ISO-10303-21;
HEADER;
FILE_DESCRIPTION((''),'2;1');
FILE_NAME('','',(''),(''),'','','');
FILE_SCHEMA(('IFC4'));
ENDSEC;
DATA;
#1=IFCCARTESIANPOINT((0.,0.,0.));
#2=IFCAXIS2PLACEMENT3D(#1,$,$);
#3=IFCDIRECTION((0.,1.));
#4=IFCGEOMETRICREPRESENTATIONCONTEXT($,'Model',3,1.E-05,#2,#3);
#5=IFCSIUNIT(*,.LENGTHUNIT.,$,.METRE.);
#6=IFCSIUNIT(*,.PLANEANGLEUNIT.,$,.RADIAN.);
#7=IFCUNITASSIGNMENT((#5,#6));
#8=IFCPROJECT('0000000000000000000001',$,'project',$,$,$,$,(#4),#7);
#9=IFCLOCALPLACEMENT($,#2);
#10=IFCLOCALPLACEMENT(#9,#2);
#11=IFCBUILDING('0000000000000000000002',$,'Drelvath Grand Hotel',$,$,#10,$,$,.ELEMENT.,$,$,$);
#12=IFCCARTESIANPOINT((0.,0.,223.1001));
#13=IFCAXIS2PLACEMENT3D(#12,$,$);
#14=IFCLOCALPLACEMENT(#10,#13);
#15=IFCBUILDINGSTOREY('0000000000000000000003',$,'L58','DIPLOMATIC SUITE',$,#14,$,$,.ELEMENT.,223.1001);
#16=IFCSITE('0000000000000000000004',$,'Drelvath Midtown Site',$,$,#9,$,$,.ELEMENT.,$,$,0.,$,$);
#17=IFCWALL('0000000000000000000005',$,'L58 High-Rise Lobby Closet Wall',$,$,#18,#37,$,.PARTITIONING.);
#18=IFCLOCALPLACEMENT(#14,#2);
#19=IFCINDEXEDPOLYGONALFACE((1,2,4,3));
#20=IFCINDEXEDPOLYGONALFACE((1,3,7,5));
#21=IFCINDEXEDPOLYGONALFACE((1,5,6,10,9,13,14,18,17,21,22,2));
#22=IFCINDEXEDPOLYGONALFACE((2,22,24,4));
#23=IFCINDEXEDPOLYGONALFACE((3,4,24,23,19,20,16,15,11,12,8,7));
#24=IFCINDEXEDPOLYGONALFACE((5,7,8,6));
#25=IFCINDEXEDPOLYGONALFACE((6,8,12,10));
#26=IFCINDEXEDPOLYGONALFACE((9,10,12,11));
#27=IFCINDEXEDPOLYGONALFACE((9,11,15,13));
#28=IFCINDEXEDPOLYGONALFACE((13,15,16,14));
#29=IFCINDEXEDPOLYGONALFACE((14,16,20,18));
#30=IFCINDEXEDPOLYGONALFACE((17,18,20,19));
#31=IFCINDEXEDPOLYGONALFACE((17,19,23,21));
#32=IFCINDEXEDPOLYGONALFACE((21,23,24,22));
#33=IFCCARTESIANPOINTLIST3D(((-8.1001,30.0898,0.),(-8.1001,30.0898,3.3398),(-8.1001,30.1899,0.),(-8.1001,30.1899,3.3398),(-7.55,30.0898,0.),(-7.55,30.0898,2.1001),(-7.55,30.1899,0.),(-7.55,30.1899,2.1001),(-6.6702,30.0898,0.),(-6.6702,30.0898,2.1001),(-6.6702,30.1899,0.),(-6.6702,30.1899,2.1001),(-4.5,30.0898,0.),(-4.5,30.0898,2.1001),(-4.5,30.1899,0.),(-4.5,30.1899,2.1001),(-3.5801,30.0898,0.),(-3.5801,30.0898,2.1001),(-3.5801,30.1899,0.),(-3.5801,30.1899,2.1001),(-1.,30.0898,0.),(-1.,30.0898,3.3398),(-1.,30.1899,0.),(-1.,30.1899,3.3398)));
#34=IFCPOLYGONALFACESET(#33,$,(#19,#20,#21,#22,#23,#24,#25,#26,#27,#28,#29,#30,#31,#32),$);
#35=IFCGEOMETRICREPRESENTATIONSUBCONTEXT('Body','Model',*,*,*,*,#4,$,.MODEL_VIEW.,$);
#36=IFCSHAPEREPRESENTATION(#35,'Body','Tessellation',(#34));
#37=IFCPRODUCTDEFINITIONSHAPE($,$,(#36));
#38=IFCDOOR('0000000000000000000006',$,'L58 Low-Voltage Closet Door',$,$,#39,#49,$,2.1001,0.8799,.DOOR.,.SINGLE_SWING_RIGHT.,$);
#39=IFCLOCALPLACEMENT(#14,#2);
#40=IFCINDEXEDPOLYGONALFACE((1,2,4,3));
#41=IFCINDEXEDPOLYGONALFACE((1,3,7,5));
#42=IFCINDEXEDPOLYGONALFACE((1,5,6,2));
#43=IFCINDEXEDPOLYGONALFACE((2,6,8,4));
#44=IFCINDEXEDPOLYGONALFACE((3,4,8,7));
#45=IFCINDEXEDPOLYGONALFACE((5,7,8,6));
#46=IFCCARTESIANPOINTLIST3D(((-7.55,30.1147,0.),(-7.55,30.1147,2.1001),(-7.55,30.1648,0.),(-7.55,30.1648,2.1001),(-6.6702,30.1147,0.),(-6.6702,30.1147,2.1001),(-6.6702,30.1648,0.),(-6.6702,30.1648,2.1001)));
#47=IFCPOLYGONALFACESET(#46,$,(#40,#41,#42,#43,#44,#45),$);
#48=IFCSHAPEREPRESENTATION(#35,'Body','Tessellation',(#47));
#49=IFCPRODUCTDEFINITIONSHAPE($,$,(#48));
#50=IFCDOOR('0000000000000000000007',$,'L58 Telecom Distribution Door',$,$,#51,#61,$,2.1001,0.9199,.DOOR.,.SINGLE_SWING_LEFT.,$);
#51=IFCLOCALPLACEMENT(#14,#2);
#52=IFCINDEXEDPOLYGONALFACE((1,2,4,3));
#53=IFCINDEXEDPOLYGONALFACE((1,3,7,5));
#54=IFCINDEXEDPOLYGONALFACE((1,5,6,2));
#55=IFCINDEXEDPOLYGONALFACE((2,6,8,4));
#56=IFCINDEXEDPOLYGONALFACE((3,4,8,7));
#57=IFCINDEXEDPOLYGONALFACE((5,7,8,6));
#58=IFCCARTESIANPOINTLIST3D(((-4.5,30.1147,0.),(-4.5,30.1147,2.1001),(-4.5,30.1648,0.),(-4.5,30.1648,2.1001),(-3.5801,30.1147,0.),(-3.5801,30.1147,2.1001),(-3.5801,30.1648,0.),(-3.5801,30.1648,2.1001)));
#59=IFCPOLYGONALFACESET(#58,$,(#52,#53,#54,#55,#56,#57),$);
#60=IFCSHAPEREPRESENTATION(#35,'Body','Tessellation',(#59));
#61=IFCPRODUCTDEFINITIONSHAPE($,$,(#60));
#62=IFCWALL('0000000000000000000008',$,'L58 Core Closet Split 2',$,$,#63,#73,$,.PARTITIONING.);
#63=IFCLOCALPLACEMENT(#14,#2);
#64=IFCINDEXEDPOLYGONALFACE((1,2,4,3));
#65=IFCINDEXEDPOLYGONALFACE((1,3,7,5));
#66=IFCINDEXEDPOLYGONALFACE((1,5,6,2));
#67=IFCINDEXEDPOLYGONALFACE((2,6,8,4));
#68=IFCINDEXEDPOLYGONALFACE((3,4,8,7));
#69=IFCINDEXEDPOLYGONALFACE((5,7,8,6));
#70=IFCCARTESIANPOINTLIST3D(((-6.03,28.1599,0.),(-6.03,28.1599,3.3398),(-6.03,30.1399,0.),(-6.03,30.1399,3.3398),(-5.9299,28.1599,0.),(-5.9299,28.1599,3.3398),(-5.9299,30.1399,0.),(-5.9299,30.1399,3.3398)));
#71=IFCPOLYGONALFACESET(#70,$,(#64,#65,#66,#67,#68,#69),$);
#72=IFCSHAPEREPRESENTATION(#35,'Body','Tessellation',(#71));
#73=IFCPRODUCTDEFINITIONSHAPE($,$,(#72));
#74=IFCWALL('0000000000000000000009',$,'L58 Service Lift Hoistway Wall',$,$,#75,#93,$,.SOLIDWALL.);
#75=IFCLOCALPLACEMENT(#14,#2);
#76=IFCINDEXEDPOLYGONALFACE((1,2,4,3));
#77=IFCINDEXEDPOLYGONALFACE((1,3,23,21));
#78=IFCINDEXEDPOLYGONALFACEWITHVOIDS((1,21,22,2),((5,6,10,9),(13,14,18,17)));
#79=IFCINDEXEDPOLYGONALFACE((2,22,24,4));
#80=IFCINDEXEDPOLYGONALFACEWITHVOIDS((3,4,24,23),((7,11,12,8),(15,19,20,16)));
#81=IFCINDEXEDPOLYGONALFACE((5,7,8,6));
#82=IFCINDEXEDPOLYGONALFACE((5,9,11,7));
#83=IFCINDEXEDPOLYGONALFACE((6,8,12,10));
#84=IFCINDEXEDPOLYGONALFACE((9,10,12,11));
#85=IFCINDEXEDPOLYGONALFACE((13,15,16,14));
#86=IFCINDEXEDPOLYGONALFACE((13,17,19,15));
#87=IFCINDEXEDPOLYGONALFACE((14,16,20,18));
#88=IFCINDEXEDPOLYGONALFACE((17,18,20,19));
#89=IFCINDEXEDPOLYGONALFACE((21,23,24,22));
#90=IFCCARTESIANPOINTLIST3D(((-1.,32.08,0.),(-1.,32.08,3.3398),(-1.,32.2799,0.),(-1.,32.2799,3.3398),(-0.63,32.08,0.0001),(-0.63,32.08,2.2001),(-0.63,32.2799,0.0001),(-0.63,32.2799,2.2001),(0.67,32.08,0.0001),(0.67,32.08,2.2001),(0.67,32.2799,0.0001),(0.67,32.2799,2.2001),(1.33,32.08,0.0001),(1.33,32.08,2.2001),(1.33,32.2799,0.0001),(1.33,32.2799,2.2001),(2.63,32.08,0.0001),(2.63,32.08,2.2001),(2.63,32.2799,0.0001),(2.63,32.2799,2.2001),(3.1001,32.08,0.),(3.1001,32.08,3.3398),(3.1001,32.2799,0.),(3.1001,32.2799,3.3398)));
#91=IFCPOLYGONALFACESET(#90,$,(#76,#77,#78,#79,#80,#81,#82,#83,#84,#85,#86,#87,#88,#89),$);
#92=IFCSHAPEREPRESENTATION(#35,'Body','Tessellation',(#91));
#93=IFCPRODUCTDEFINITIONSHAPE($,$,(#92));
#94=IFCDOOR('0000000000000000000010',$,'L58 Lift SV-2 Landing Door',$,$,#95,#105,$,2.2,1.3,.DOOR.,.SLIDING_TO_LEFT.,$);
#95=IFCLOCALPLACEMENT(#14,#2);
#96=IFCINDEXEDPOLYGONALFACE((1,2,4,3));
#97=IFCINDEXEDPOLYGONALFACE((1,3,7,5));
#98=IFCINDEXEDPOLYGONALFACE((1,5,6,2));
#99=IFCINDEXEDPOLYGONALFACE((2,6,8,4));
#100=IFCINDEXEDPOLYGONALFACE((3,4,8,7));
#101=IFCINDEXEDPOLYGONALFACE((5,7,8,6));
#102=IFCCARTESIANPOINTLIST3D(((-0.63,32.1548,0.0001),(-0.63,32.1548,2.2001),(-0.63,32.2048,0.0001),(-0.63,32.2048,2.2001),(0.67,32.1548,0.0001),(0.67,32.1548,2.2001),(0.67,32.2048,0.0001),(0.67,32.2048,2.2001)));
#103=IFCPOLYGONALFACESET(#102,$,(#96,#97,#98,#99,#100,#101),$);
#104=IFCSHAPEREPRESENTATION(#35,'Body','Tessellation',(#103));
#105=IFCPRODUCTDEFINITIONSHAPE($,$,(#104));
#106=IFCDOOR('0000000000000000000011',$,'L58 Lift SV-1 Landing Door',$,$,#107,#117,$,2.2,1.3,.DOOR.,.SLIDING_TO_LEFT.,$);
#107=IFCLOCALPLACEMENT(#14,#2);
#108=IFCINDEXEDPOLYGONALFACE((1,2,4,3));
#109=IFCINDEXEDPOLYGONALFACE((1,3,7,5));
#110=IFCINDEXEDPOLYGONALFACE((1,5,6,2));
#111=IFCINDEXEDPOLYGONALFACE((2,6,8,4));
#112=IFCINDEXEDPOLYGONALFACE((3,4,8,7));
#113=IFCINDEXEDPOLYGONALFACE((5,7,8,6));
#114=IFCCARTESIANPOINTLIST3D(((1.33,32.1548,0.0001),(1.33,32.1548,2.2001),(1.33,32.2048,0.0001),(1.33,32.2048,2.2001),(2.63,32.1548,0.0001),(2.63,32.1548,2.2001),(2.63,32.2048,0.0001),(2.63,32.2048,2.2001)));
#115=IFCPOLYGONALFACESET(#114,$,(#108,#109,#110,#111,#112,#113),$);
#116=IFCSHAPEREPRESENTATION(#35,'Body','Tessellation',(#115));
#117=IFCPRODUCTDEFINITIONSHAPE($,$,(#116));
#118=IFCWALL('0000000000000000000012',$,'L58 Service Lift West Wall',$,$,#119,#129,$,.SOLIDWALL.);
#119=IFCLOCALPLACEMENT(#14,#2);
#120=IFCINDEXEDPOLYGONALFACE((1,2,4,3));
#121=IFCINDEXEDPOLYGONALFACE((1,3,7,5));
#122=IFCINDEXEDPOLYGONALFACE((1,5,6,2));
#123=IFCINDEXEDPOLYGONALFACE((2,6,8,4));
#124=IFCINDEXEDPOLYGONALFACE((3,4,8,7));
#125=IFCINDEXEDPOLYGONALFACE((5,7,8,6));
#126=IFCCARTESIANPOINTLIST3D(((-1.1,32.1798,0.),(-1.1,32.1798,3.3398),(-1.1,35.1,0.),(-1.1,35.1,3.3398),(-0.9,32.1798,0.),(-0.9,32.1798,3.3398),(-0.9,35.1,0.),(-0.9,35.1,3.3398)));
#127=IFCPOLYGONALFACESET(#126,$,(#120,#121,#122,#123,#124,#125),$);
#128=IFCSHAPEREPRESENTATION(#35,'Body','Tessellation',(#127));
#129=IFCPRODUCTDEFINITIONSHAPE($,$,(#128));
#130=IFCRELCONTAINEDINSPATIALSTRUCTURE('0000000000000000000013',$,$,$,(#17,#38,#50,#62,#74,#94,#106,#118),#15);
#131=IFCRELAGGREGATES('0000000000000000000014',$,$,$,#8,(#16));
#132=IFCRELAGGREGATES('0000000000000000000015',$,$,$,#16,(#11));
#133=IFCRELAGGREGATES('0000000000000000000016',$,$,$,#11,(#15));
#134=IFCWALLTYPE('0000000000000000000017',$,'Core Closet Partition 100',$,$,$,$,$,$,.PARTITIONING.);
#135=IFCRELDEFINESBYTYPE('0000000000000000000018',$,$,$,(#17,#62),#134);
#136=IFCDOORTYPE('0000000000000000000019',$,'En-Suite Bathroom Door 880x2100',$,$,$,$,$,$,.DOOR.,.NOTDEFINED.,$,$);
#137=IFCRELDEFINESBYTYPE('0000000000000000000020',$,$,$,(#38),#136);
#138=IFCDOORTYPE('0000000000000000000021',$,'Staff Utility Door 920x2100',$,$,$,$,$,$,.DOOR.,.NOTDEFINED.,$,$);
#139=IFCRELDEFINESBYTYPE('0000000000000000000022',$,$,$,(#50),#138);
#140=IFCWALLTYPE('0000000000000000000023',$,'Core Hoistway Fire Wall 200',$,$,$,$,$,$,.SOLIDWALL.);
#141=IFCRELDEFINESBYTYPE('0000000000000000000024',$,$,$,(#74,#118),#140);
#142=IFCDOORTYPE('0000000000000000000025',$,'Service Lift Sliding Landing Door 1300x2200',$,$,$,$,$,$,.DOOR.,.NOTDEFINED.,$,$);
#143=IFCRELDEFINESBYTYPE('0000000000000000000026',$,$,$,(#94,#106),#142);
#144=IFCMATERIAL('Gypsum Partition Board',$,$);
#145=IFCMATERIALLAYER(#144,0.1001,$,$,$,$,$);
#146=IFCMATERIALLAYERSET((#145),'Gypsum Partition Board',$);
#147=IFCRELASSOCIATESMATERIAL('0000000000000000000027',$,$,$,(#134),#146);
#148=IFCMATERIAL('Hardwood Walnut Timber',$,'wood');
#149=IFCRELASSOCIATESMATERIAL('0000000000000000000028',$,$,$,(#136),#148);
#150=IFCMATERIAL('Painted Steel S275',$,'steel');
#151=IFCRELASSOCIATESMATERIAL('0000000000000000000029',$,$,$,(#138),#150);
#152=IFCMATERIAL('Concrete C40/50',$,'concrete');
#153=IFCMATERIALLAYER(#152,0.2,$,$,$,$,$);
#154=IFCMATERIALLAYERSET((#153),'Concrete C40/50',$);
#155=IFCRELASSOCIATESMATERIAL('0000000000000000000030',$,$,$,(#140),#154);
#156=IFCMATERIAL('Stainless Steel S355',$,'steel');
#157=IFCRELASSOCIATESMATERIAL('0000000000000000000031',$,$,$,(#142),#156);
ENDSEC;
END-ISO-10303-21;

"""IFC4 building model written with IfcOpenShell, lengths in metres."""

from ifc_helpers import new_model, si_unit, direction, frame, frame_2d, origin, place, context, subcontext, project, spatial, rectangle, extrude, material, layer, layer_set, type_object, element, fill, save


model = new_model("IFC4")

# Units and contexts
model_context = context("Model", 3, precision=1e-05, world=origin(), true_north=direction((0.0, 1.0)))
body_context = subcontext(model_context, "Body", "Model", "MODEL_VIEW")
ifc_project = project(units=[si_unit("LENGTHUNIT", "METRE"), si_unit("PLANEANGLEUNIT", "RADIAN")], contexts=[model_context])

# Site, building, storey
site_placement = place(None, origin())
site = spatial("IfcSite", under=ifc_project, at=site_placement, Name="Drelvath Midtown Site", CompositionType="ELEMENT", RefElevation=0.0)
building_placement = place(site_placement, origin())
building = spatial("IfcBuilding", under=site, at=building_placement, Name="Drelvath Grand Hotel", CompositionType="ELEMENT")
storey_placement = place(building_placement, frame((0.0, 0.0, 223.1001)))
storey = spatial("IfcBuildingStorey", under=building, at=storey_placement, Name="L58", Description="DIPLOMATIC SUITE", CompositionType="ELEMENT", Elevation=223.1001)

# Wall, openings, doors
ifc_material_1 = material(Name="Gypsum Partition Board")
ifc_layer_1 = layer(ifc_material_1, 0.1001)
ifc_layer_set_1 = layer_set([ifc_layer_1], Name="Gypsum Partition Board")
wall_type_1 = type_object("IfcWallType", Name="Core Closet Partition 100", PredefinedType="PARTITIONING", material=ifc_layer_set_1)
wall_1_placement = place(storey_placement, frame((-8.1001, 30.1399, 0.0), z_axis=(0.0, 0.0, 1.0), x_axis=(1.0, 0.0, 0.0)))
wall_1 = element("IfcWall", 1, at=wall_1_placement, inside=storey, type_object=wall_type_1, Name="L58 High-Rise Lobby Closet Wall", PredefinedType="PARTITIONING", context=body_context, shape_type="SweptSolid", body=[
    extrude(rectangle(XDim=7.1001, YDim=0.1001, at=frame_2d((3.55, 0.0))), origin(), (0.0, 0.0, 1.0), 3.3398),
])
opening_1_placement = place(wall_1_placement, frame((0.55, 0.0, 0.0)))
opening_1 = element("IfcOpeningElement", 2, at=opening_1_placement, cuts=wall_1, PredefinedType="OPENING", context=body_context, shape_type="SweptSolid", body=[
    extrude(rectangle(XDim=0.8799, YDim=2.1001, at=frame_2d((0.4399, 1.05))), frame((0.0, 0.0601, 0.0), z_axis=(0.0, -1.0, 0.0), x_axis=(1.0, 0.0, 0.0)), (0.0, 0.0, 1.0), 0.1201),
])
opening_2_placement = place(wall_1_placement, frame((3.6001, 0.0, 0.0)))
opening_2 = element("IfcOpeningElement", 3, at=opening_2_placement, cuts=wall_1, PredefinedType="OPENING", context=body_context, shape_type="SweptSolid", body=[
    extrude(rectangle(XDim=0.9199, YDim=2.1001, at=frame_2d((0.46, 1.05))), frame((0.0, 0.0601, 0.0), z_axis=(0.0, -1.0, 0.0), x_axis=(1.0, 0.0, 0.0)), (0.0, 0.0, 1.0), 0.1201),
])
ifc_material_2 = material(Name="Hardwood Walnut Timber", Category="wood")
door_type_1 = type_object("IfcDoorType", Name="En-Suite Bathroom Door 880x2100", OperationType="NOTDEFINED", PredefinedType="DOOR", material=ifc_material_2)
door_1_placement = place(opening_1_placement, origin())
door_1 = element("IfcDoor", 4, at=door_1_placement, inside=storey, type_object=door_type_1, Name="L58 Low-Voltage Closet Door", OperationType="SINGLE_SWING_RIGHT", OverallHeight=2.1001, OverallWidth=0.8799, PredefinedType="DOOR", context=body_context, shape_type="SweptSolid", body=[
    extrude(rectangle(XDim=0.8799, YDim=2.1001, at=frame_2d((0.4399, 1.05))), frame((0.0, 0.0249, 0.0), z_axis=(0.0, -1.0, 0.0), x_axis=(1.0, 0.0, 0.0)), (0.0, 0.0, 1.0), 0.05),
])
fill(opening_1, door_1)
ifc_material_3 = material(Name="Painted Steel S275", Category="steel")
door_type_2 = type_object("IfcDoorType", Name="Staff Utility Door 920x2100", OperationType="NOTDEFINED", PredefinedType="DOOR", material=ifc_material_3)
door_2_placement = place(opening_2_placement, origin())
door_2 = element("IfcDoor", 5, at=door_2_placement, inside=storey, type_object=door_type_2, Name="L58 Telecom Distribution Door", OperationType="SINGLE_SWING_LEFT", OverallHeight=2.1001, OverallWidth=0.9199, PredefinedType="DOOR", context=body_context, shape_type="SweptSolid", body=[
    extrude(rectangle(XDim=0.9199, YDim=2.1001, at=frame_2d((0.46, 1.05))), frame((0.0, 0.0249, 0.0), z_axis=(0.0, -1.0, 0.0), x_axis=(1.0, 0.0, 0.0)), (0.0, 0.0, 1.0), 0.05),
])
fill(opening_2, door_2)

# Wall
wall_2_placement = place(storey_placement, frame((-5.98, 28.1599, 0.0), z_axis=(0.0, 0.0, 1.0), x_axis=(0.0, 1.0, 0.0)))
element("IfcWall", 6, at=wall_2_placement, inside=storey, type_object=wall_type_1, Name="L58 Core Closet Split 2", PredefinedType="PARTITIONING", context=body_context, shape_type="SweptSolid", body=[
    extrude(rectangle(XDim=1.98, YDim=0.1001, at=frame_2d((0.99, 0.0))), origin(), (0.0, 0.0, 1.0), 3.3398),
])

# Wall, openings, doors
ifc_material_4 = material(Name="Concrete C40/50", Category="concrete")
ifc_layer_2 = layer(ifc_material_4, 0.2)
ifc_layer_set_2 = layer_set([ifc_layer_2], Name="Concrete C40/50")
wall_type_2 = type_object("IfcWallType", Name="Core Hoistway Fire Wall 200", PredefinedType="SOLIDWALL", material=ifc_layer_set_2)
wall_3_placement = place(storey_placement, frame((-1.0, 32.1799, 0.0), z_axis=(0.0, 0.0, 1.0), x_axis=(1.0, 0.0, 0.0)))
wall_3 = element("IfcWall", 7, at=wall_3_placement, inside=storey, type_object=wall_type_2, Name="L58 Service Lift Hoistway Wall", PredefinedType="SOLIDWALL", context=body_context, shape_type="SweptSolid", body=[
    extrude(rectangle(XDim=4.1001, YDim=0.2, at=frame_2d((2.05, 0.0))), origin(), (0.0, 0.0, 1.0), 3.3398),
])
opening_3_placement = place(wall_3_placement, frame((0.3701, 0.0, 0.0)))
opening_3 = element("IfcOpeningElement", 8, at=opening_3_placement, cuts=wall_3, PredefinedType="OPENING", context=body_context, shape_type="SweptSolid", body=[
    extrude(rectangle(XDim=1.3, YDim=2.2, at=frame_2d((0.6499, 1.1001))), frame((0.0, 0.1099, 0.0), z_axis=(0.0, -1.0, 0.0), x_axis=(1.0, 0.0, 0.0)), (0.0, 0.0, 1.0), 0.22),
])
opening_4_placement = place(wall_3_placement, frame((2.3301, 0.0, 0.0)))
opening_4 = element("IfcOpeningElement", 9, at=opening_4_placement, cuts=wall_3, PredefinedType="OPENING", context=body_context, shape_type="SweptSolid", body=[
    extrude(rectangle(XDim=1.3, YDim=2.2, at=frame_2d((0.6499, 1.1001))), frame((0.0, 0.1099, 0.0), z_axis=(0.0, -1.0, 0.0), x_axis=(1.0, 0.0, 0.0)), (0.0, 0.0, 1.0), 0.22),
])
ifc_material_5 = material(Name="Stainless Steel S355", Category="steel")
door_type_3 = type_object("IfcDoorType", Name="Service Lift Sliding Landing Door 1300x2200", OperationType="NOTDEFINED", PredefinedType="DOOR", material=ifc_material_5)
door_3_placement = place(opening_3_placement, origin())
door_3 = element("IfcDoor", 10, at=door_3_placement, inside=storey, type_object=door_type_3, Name="L58 Lift SV-2 Landing Door", OperationType="SLIDING_TO_LEFT", OverallHeight=2.2, OverallWidth=1.3, PredefinedType="DOOR", context=body_context, shape_type="SweptSolid", body=[
    extrude(rectangle(XDim=1.3, YDim=2.2, at=frame_2d((0.6499, 1.1001))), frame((0.0, 0.0249, 0.0), z_axis=(0.0, -1.0, 0.0), x_axis=(1.0, 0.0, 0.0)), (0.0, 0.0, 1.0), 0.05),
])
fill(opening_3, door_3)
door_4_placement = place(opening_4_placement, origin())
door_4 = element("IfcDoor", 11, at=door_4_placement, inside=storey, type_object=door_type_3, Name="L58 Lift SV-1 Landing Door", OperationType="SLIDING_TO_LEFT", OverallHeight=2.2, OverallWidth=1.3, PredefinedType="DOOR", context=body_context, shape_type="SweptSolid", body=[
    extrude(rectangle(XDim=1.3, YDim=2.2, at=frame_2d((0.6499, 1.1001))), frame((0.0, 0.0249, 0.0), z_axis=(0.0, -1.0, 0.0), x_axis=(1.0, 0.0, 0.0)), (0.0, 0.0, 1.0), 0.05),
])
fill(opening_4, door_4)

# Wall
wall_4_placement = place(storey_placement, frame((-1.0, 32.1799, 0.0), z_axis=(0.0, 0.0, 1.0), x_axis=(0.0, 1.0, 0.0)))
element("IfcWall", 12, at=wall_4_placement, inside=storey, type_object=wall_type_2, Name="L58 Service Lift West Wall", PredefinedType="SOLIDWALL", context=body_context, shape_type="SweptSolid", body=[
    extrude(rectangle(XDim=2.9202, YDim=0.2, at=frame_2d((1.46, 0.0))), origin(), (0.0, 0.0, 1.0), 3.3398),
])

save(model, "model.ifc")
